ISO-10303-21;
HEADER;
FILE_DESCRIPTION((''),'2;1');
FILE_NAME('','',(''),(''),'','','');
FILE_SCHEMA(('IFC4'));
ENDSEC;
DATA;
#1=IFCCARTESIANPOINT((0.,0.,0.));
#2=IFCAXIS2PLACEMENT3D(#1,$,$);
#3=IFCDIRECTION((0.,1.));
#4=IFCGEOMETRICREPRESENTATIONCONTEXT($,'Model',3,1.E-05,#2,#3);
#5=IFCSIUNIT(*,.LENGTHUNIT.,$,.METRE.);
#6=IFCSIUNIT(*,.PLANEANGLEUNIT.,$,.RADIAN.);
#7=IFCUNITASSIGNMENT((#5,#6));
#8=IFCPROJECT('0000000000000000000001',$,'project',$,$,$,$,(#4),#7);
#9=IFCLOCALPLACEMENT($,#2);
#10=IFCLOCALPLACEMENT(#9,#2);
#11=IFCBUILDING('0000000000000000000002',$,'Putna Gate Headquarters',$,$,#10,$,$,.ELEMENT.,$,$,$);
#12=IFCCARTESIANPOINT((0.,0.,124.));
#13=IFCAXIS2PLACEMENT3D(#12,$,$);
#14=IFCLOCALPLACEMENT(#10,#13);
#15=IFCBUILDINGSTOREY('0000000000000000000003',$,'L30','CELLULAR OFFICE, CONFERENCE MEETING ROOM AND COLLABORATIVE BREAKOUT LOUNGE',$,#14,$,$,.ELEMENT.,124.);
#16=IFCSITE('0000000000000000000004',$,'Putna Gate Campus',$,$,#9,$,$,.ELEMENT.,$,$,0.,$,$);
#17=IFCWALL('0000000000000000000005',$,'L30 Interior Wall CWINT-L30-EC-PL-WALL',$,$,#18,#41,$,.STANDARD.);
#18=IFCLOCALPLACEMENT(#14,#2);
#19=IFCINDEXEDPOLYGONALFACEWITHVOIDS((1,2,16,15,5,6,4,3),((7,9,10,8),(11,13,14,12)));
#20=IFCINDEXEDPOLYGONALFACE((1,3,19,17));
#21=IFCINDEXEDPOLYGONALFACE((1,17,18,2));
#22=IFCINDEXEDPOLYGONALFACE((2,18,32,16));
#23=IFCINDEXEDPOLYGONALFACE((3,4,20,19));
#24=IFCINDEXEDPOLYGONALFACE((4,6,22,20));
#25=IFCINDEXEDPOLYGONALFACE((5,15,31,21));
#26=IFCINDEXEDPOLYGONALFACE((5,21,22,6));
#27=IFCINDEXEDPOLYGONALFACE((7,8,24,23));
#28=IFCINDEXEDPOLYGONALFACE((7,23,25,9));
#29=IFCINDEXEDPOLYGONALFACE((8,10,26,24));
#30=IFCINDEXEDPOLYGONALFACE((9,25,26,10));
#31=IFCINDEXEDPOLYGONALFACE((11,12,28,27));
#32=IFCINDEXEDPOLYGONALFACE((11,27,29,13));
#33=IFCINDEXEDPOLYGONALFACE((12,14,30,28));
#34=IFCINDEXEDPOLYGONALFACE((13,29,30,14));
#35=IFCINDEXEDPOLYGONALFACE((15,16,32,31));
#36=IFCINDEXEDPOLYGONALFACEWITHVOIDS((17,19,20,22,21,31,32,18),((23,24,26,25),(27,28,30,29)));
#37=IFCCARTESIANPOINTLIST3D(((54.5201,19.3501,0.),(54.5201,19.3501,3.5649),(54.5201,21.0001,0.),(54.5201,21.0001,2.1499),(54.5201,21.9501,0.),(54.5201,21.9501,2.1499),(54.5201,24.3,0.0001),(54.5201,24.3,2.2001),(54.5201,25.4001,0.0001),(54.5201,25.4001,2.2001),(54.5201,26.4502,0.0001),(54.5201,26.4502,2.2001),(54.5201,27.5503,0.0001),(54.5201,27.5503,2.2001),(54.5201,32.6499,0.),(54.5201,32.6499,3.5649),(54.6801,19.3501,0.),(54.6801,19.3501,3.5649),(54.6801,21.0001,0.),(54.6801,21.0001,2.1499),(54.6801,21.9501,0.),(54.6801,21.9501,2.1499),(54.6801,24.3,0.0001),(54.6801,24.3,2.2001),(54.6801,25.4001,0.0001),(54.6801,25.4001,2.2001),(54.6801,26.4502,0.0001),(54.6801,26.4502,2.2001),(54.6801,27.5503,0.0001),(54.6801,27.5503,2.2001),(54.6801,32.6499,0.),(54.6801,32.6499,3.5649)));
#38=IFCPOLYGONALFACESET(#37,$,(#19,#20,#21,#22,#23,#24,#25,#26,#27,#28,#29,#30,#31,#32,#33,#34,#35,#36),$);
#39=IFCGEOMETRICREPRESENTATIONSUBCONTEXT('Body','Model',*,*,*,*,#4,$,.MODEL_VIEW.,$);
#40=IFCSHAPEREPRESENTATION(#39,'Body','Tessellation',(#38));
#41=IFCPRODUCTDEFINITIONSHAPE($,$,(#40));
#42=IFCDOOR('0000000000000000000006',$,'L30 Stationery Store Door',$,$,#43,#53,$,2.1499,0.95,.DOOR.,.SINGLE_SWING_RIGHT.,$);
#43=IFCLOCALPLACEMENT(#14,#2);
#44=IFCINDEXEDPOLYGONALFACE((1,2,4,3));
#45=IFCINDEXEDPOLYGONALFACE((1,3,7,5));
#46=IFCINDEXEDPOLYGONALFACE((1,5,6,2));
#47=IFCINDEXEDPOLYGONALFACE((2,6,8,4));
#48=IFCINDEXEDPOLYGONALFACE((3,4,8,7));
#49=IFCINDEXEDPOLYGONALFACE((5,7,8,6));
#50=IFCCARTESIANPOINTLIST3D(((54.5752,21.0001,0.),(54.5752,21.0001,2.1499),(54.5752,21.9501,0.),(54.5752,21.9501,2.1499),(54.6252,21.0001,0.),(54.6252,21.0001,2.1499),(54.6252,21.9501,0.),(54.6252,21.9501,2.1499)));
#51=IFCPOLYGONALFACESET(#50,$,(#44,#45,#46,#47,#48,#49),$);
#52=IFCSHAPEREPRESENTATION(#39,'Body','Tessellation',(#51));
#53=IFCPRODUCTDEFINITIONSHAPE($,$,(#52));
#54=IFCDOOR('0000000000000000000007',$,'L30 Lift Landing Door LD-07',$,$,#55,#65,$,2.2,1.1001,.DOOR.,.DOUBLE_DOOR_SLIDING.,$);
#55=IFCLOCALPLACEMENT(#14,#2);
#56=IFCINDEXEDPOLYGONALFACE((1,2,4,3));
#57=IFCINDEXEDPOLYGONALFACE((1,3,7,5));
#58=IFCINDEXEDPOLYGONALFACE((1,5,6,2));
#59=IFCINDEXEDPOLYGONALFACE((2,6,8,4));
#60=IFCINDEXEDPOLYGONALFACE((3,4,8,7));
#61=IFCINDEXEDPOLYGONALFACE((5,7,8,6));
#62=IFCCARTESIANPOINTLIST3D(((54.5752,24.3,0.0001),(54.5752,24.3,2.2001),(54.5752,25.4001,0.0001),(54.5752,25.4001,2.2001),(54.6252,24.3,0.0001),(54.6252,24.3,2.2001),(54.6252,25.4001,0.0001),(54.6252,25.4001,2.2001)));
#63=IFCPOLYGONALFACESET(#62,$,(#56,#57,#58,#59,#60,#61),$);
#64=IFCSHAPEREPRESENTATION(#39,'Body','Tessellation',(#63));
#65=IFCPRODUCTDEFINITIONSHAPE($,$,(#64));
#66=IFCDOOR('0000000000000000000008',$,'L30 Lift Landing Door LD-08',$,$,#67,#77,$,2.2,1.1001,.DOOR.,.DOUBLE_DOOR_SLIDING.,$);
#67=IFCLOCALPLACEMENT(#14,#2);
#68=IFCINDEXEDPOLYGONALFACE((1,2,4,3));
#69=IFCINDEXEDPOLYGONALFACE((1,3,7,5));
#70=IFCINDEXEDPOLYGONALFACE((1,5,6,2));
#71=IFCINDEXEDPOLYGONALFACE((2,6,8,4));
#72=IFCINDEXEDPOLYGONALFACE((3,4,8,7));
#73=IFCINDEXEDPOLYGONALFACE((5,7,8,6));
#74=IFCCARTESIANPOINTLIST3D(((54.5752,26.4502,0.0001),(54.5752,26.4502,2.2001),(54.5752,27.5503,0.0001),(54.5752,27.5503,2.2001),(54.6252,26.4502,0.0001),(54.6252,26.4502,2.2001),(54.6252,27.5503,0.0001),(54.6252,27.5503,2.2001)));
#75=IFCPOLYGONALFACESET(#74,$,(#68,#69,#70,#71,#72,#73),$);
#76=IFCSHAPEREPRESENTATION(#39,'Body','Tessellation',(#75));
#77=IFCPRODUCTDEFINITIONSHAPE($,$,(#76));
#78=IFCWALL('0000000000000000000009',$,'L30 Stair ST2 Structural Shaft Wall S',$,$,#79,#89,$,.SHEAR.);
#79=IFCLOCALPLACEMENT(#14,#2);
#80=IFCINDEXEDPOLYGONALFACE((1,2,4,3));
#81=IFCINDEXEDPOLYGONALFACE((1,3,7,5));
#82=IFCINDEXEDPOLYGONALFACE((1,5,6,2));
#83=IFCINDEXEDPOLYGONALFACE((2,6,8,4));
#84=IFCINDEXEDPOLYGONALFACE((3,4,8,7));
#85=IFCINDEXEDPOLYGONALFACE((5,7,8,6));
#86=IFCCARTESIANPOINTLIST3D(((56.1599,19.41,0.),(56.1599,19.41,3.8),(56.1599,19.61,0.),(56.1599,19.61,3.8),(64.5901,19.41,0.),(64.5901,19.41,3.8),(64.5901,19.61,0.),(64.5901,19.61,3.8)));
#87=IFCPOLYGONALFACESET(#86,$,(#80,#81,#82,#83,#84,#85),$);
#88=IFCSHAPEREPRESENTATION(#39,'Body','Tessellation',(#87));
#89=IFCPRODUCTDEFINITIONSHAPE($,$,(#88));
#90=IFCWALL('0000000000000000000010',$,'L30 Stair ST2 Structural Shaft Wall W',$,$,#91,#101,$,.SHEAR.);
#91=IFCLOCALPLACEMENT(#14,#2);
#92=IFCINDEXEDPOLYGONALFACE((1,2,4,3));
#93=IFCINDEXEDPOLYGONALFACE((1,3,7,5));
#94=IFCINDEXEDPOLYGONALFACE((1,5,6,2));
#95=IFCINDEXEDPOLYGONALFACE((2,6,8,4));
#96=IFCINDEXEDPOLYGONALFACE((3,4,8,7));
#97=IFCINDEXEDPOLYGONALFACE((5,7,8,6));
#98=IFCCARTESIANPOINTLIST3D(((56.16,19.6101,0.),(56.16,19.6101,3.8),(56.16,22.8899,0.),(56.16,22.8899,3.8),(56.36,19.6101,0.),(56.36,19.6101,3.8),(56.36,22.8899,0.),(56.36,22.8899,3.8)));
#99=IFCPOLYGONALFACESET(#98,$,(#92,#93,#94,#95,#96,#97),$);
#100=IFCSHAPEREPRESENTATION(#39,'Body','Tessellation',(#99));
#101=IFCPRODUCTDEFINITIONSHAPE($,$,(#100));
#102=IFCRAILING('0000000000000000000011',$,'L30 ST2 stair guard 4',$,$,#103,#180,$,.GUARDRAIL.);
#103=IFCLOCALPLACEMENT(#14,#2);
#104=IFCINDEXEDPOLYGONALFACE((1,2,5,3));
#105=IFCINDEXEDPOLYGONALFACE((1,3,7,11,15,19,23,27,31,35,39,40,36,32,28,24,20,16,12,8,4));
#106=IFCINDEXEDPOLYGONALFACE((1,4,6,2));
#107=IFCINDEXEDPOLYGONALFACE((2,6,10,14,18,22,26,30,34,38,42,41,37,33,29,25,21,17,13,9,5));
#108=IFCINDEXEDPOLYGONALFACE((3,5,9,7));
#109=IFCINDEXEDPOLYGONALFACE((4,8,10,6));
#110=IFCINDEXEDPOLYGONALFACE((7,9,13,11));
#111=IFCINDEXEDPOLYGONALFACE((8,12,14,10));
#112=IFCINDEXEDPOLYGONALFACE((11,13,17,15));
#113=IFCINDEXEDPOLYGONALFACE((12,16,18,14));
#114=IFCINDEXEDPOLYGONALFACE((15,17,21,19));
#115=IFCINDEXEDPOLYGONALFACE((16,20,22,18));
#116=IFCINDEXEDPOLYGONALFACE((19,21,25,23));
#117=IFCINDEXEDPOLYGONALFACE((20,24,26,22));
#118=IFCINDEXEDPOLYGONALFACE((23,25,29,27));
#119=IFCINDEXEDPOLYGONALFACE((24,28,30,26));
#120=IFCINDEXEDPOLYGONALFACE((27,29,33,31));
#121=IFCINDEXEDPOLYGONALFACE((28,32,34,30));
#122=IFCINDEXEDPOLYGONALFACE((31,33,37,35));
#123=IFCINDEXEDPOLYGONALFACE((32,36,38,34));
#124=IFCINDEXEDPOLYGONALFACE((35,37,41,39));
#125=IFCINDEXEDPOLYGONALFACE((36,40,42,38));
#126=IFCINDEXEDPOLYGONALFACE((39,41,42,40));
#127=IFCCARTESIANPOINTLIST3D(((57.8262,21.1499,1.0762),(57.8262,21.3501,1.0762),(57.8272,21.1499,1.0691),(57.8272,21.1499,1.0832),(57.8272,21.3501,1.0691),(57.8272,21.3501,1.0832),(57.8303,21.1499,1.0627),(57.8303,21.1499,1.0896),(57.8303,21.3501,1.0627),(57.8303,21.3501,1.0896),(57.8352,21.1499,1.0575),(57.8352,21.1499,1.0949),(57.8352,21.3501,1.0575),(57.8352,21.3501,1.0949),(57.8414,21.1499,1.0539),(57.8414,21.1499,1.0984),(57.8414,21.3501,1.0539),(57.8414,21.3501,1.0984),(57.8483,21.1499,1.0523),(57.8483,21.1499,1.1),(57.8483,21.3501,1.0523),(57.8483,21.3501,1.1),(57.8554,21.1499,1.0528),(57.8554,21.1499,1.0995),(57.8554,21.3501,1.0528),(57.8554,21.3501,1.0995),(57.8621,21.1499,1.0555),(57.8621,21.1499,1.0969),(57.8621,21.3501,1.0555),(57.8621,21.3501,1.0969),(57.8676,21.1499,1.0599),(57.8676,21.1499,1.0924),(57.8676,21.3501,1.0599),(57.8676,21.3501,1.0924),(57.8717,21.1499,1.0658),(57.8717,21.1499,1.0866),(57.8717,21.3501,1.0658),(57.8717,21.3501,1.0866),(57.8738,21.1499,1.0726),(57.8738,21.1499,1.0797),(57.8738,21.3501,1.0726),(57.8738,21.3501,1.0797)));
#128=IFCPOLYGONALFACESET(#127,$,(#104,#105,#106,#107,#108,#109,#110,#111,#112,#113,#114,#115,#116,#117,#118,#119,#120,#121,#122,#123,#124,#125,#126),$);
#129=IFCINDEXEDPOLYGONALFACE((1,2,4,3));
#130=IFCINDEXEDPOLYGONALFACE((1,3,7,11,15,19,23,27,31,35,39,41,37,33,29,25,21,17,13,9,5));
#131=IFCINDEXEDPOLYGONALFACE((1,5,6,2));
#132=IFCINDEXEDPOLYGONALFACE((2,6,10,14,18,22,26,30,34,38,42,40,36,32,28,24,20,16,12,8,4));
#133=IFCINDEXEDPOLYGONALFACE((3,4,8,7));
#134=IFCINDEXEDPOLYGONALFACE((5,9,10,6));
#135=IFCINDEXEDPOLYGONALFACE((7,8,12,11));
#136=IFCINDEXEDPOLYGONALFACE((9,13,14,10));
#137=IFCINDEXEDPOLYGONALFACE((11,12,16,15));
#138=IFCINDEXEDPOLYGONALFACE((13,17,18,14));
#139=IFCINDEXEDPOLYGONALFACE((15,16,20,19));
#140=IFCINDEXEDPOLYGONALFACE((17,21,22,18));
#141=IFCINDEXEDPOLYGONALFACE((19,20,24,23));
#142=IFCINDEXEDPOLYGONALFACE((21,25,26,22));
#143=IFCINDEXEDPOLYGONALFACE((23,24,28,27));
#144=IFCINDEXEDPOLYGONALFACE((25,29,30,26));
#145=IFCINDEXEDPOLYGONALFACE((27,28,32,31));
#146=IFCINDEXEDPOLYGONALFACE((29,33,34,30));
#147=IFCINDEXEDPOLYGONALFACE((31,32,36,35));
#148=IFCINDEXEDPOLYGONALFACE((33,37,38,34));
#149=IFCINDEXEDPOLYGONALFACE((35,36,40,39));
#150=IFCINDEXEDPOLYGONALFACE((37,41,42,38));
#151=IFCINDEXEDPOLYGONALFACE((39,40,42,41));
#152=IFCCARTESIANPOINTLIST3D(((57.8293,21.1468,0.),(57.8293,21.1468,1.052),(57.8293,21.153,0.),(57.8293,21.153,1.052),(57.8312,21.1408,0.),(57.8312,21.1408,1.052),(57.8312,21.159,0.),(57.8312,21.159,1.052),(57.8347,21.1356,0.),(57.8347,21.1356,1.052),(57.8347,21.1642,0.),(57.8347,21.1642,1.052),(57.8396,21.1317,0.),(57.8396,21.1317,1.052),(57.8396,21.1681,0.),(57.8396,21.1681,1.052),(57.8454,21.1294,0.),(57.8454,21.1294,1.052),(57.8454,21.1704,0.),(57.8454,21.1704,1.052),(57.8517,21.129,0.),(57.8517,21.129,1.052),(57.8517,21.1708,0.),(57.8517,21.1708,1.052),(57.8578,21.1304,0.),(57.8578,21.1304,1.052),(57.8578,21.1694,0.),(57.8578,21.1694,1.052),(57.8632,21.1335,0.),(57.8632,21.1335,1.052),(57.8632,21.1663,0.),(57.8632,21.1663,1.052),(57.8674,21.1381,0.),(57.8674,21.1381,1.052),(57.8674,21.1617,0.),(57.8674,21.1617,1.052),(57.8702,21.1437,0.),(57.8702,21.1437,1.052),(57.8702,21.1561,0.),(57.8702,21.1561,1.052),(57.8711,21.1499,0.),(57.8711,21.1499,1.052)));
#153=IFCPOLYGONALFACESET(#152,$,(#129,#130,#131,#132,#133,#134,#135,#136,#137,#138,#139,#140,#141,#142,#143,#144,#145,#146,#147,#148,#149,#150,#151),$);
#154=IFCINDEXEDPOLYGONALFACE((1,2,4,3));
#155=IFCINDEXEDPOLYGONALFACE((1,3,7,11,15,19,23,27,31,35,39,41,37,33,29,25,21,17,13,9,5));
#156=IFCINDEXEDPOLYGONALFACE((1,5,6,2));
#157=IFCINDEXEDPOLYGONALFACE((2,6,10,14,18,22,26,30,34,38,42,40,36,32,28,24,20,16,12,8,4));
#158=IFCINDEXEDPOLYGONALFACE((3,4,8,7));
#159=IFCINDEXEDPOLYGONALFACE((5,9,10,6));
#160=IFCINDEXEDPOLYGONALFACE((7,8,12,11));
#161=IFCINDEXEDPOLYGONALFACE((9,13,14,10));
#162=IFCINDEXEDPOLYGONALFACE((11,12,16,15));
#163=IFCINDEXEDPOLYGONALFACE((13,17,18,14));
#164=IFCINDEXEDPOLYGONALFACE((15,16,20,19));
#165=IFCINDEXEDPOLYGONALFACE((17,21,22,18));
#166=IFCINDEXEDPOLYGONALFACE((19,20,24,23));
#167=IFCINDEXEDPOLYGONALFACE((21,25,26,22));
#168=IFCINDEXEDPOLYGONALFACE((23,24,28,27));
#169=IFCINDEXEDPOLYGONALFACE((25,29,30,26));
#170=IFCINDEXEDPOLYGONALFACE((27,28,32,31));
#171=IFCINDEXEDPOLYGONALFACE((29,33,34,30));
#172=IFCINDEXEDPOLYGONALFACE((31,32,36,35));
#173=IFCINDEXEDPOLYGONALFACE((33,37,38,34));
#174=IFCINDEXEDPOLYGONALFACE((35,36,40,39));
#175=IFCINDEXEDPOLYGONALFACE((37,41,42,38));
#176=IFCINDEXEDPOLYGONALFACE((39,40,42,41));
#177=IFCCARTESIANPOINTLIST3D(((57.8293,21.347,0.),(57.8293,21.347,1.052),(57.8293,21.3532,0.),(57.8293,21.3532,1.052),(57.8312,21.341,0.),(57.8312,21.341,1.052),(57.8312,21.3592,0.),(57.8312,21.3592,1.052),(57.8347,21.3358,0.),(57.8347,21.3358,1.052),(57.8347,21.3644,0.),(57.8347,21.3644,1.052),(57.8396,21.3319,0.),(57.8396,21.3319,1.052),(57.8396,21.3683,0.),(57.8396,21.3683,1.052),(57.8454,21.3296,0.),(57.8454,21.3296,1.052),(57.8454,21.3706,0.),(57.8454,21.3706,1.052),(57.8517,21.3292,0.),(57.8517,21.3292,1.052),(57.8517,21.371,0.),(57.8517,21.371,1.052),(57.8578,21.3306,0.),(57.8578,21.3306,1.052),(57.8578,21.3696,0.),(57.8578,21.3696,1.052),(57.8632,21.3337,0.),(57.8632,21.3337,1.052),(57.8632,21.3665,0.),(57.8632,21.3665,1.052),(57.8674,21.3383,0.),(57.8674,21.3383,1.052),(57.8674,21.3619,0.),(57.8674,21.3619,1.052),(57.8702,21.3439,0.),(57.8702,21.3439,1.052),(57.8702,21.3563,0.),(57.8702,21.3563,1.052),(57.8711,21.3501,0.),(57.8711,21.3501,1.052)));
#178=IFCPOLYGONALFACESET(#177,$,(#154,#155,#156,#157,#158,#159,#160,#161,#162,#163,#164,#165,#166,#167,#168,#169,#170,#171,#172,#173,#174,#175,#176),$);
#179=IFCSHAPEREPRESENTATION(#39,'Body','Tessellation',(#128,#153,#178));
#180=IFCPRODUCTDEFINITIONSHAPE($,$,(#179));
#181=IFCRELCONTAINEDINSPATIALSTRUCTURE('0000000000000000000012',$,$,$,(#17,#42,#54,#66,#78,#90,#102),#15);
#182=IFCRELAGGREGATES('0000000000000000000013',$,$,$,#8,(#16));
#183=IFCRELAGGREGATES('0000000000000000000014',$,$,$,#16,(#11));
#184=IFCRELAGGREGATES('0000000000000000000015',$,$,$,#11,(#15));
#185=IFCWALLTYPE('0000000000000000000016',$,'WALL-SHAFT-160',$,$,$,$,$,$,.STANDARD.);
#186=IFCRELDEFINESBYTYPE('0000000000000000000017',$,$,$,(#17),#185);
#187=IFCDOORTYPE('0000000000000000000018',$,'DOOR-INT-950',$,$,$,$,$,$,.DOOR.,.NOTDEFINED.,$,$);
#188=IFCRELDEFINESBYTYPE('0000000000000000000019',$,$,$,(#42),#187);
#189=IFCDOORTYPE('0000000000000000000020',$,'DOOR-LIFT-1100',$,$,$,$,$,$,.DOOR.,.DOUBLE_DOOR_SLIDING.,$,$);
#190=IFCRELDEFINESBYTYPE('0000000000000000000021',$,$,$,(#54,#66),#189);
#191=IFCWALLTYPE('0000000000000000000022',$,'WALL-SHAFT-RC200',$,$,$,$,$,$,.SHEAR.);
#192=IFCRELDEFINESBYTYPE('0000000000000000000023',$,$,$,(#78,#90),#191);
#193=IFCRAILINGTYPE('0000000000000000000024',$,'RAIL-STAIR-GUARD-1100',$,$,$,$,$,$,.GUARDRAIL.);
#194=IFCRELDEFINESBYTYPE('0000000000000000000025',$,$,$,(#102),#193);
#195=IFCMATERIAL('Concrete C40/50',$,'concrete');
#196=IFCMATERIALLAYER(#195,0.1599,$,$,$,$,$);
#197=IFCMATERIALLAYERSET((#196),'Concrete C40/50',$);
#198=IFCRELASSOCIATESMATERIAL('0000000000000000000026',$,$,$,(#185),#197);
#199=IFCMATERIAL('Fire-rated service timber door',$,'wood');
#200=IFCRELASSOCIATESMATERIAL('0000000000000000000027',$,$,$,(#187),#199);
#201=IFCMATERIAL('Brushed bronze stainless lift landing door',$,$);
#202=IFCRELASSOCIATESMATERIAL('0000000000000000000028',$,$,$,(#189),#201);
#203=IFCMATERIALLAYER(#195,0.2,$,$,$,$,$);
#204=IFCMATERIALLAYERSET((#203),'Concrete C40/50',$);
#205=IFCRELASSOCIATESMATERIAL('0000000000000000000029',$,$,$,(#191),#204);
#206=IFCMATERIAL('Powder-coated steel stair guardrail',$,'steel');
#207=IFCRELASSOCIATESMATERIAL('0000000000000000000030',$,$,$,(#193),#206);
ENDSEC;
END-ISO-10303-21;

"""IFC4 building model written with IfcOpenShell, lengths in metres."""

from ifc_helpers import new_model, si_unit, direction, frame, frame_2d, origin, origin_2d, place, context, subcontext, project, spatial, rectangle, circle, extrude, material, layer, layer_set, type_object, element, fill, save


model = new_model("IFC4")

# Units and contexts
model_context = context("Model", 3, precision=1e-05, world=origin(), true_north=direction((0.0, 1.0)))
body_context = subcontext(model_context, "Body", "Model", "MODEL_VIEW")
ifc_project = project(units=[si_unit("LENGTHUNIT", "METRE"), si_unit("PLANEANGLEUNIT", "RADIAN")], contexts=[model_context])

# Site, building, storey
site_placement = place(None, origin())
site = spatial("IfcSite", under=ifc_project, at=site_placement, Name="Putna Gate Campus", CompositionType="ELEMENT", RefElevation=0.0)
building_placement = place(site_placement, origin())
building = spatial("IfcBuilding", under=site, at=building_placement, Name="Putna Gate Headquarters", CompositionType="ELEMENT")
storey_placement = place(building_placement, frame((0.0, 0.0, 124.0)))
storey = spatial("IfcBuildingStorey", under=building, at=storey_placement, Name="L30", Description="CELLULAR OFFICE, CONFERENCE MEETING ROOM AND COLLABORATIVE BREAKOUT LOUNGE", CompositionType="ELEMENT", Elevation=124.0)

# Wall, openings, doors
ifc_material_1 = material(Name="Concrete C40/50", Category="concrete")
ifc_layer_1 = layer(ifc_material_1, 0.1599)
ifc_layer_set_1 = layer_set([ifc_layer_1], Name="Concrete C40/50")
wall_type_1 = type_object("IfcWallType", Name="WALL-SHAFT-160", PredefinedType="STANDARD", material=ifc_layer_set_1)
wall_1_placement = place(storey_placement, frame((54.6001, 19.3501, 0.0), z_axis=(0.0, 0.0, 1.0), x_axis=(0.0, 1.0, 0.0)))
wall_1 = element("IfcWall", 1, at=wall_1_placement, inside=storey, type_object=wall_type_1, Name="L30 Interior Wall CWINT-L30-EC-PL-WALL", PredefinedType="STANDARD", context=body_context, shape_type="SweptSolid", body=[
    extrude(rectangle(XDim=13.2998, YDim=0.1599, at=frame_2d((6.6499, 0.0))), origin(), (0.0, 0.0, 1.0), 3.5649),
])
opening_1_placement = place(wall_1_placement, frame((1.6499, 0.0, 0.0)))
opening_1 = element("IfcOpeningElement", 2, at=opening_1_placement, cuts=wall_1, PredefinedType="OPENING", context=body_context, shape_type="SweptSolid", body=[
    extrude(rectangle(XDim=0.95, YDim=2.1499, at=frame_2d((0.4751, 1.075))), frame((0.0, 0.0898, 0.0), z_axis=(0.0, -1.0, 0.0), x_axis=(1.0, 0.0, 0.0)), (0.0, 0.0, 1.0), 0.1799),
])
opening_2_placement = place(wall_1_placement, frame((4.95, 0.0, 0.0)))
opening_2 = element("IfcOpeningElement", 3, at=opening_2_placement, cuts=wall_1, PredefinedType="OPENING", context=body_context, shape_type="SweptSolid", body=[
    extrude(rectangle(XDim=1.1001, YDim=2.2, at=frame_2d((0.55, 1.1001))), frame((0.0, 0.0898, 0.0), z_axis=(0.0, -1.0, 0.0), x_axis=(1.0, 0.0, 0.0)), (0.0, 0.0, 1.0), 0.1799),
])
opening_3_placement = place(wall_1_placement, frame((7.1001, 0.0, 0.0)))
opening_3 = element("IfcOpeningElement", 4, at=opening_3_placement, cuts=wall_1, PredefinedType="OPENING", context=body_context, shape_type="SweptSolid", body=[
    extrude(rectangle(XDim=1.1001, YDim=2.2, at=frame_2d((0.55, 1.1001))), frame((0.0, 0.0898, 0.0), z_axis=(0.0, -1.0, 0.0), x_axis=(1.0, 0.0, 0.0)), (0.0, 0.0, 1.0), 0.1799),
])
ifc_material_2 = material(Name="Fire-rated service timber door", Category="wood")
door_type_1 = type_object("IfcDoorType", Name="DOOR-INT-950", OperationType="NOTDEFINED", PredefinedType="DOOR", material=ifc_material_2)
door_1_placement = place(opening_1_placement, origin())
door_1 = element("IfcDoor", 5, at=door_1_placement, inside=storey, type_object=door_type_1, Name="L30 Stationery Store Door", OperationType="SINGLE_SWING_RIGHT", OverallHeight=2.1499, OverallWidth=0.95, PredefinedType="DOOR", context=body_context, shape_type="SweptSolid", body=[
    extrude(rectangle(XDim=0.95, YDim=2.1499, at=frame_2d((0.4751, 1.075))), frame((0.0, 0.0249, 0.0), z_axis=(0.0, -1.0, 0.0), x_axis=(1.0, 0.0, 0.0)), (0.0, 0.0, 1.0), 0.05),
])
fill(opening_1, door_1)
ifc_material_3 = material(Name="Brushed bronze stainless lift landing door")
door_type_2 = type_object("IfcDoorType", Name="DOOR-LIFT-1100", OperationType="DOUBLE_DOOR_SLIDING", PredefinedType="DOOR", material=ifc_material_3)
door_2_placement = place(opening_2_placement, origin())
door_2 = element("IfcDoor", 6, at=door_2_placement, inside=storey, type_object=door_type_2, Name="L30 Lift Landing Door LD-07", OperationType="DOUBLE_DOOR_SLIDING", OverallHeight=2.2, OverallWidth=1.1001, PredefinedType="DOOR", context=body_context, shape_type="SweptSolid", body=[
    extrude(rectangle(XDim=1.1001, YDim=2.2, at=frame_2d((0.55, 1.1001))), frame((0.0, 0.0249, 0.0), z_axis=(0.0, -1.0, 0.0), x_axis=(1.0, 0.0, 0.0)), (0.0, 0.0, 1.0), 0.05),
])
fill(opening_2, door_2)
door_3_placement = place(opening_3_placement, origin())
door_3 = element("IfcDoor", 7, at=door_3_placement, inside=storey, type_object=door_type_2, Name="L30 Lift Landing Door LD-08", OperationType="DOUBLE_DOOR_SLIDING", OverallHeight=2.2, OverallWidth=1.1001, PredefinedType="DOOR", context=body_context, shape_type="SweptSolid", body=[
    extrude(rectangle(XDim=1.1001, YDim=2.2, at=frame_2d((0.55, 1.1001))), frame((0.0, 0.0249, 0.0), z_axis=(0.0, -1.0, 0.0), x_axis=(1.0, 0.0, 0.0)), (0.0, 0.0, 1.0), 0.05),
])
fill(opening_3, door_3)

# Walls
ifc_layer_2 = layer(ifc_material_1, 0.2)
ifc_layer_set_2 = layer_set([ifc_layer_2], Name="Concrete C40/50")
wall_type_2 = type_object("IfcWallType", Name="WALL-SHAFT-RC200", PredefinedType="SHEAR", material=ifc_layer_set_2)
wall_2_placement = place(storey_placement, frame((56.1599, 19.51, 0.0), z_axis=(0.0, 0.0, 1.0), x_axis=(1.0, 0.0, 0.0)))
element("IfcWall", 8, at=wall_2_placement, inside=storey, type_object=wall_type_2, Name="L30 Stair ST2 Structural Shaft Wall S", PredefinedType="SHEAR", context=body_context, shape_type="SweptSolid", body=[
    extrude(rectangle(XDim=8.4302, YDim=0.2, at=frame_2d((4.2151, 0.0))), origin(), (0.0, 0.0, 1.0), 3.8),
])
wall_3_placement = place(storey_placement, frame((56.26, 19.6101, 0.0), z_axis=(0.0, 0.0, 1.0), x_axis=(0.0, 1.0, 0.0)))
element("IfcWall", 9, at=wall_3_placement, inside=storey, type_object=wall_type_2, Name="L30 Stair ST2 Structural Shaft Wall W", PredefinedType="SHEAR", context=body_context, shape_type="SweptSolid", body=[
    extrude(rectangle(XDim=3.2798, YDim=0.2, at=frame_2d((1.6399, 0.0))), origin(), (0.0, 0.0, 1.0), 3.8),
])

# Railing
ifc_material_4 = material(Name="Powder-coated steel stair guardrail", Category="steel")
railing_type = type_object("IfcRailingType", Name="RAIL-STAIR-GUARD-1100", PredefinedType="GUARDRAIL", material=ifc_material_4)
railing_placement = place(storey_placement, frame((57.8501, 21.1499, 0.0)))
element("IfcRailing", 10, at=railing_placement, inside=storey, type_object=railing_type, Name="L30 ST2 stair guard 4", PredefinedType="GUARDRAIL", context=body_context, shape_type="SweptSolid", body=[
    extrude(circle(Radius=0.0239, at=origin_2d()), frame((0.0, 0.0, 1.0762), z_axis=(0.0, 1.0, 0.0), x_axis=(-1.0, 0.0, 0.0)), (0.0, 0.0, 1.0), 0.2002),
    extrude(circle(Radius=0.021, at=origin_2d()), origin(), (0.0, 0.0, 1.0), 1.052),
    extrude(circle(Radius=0.021, at=origin_2d()), frame((0.0, 0.2002, 0.0)), (0.0, 0.0, 1.0), 1.052),
])

save(model, "model.ifc")
